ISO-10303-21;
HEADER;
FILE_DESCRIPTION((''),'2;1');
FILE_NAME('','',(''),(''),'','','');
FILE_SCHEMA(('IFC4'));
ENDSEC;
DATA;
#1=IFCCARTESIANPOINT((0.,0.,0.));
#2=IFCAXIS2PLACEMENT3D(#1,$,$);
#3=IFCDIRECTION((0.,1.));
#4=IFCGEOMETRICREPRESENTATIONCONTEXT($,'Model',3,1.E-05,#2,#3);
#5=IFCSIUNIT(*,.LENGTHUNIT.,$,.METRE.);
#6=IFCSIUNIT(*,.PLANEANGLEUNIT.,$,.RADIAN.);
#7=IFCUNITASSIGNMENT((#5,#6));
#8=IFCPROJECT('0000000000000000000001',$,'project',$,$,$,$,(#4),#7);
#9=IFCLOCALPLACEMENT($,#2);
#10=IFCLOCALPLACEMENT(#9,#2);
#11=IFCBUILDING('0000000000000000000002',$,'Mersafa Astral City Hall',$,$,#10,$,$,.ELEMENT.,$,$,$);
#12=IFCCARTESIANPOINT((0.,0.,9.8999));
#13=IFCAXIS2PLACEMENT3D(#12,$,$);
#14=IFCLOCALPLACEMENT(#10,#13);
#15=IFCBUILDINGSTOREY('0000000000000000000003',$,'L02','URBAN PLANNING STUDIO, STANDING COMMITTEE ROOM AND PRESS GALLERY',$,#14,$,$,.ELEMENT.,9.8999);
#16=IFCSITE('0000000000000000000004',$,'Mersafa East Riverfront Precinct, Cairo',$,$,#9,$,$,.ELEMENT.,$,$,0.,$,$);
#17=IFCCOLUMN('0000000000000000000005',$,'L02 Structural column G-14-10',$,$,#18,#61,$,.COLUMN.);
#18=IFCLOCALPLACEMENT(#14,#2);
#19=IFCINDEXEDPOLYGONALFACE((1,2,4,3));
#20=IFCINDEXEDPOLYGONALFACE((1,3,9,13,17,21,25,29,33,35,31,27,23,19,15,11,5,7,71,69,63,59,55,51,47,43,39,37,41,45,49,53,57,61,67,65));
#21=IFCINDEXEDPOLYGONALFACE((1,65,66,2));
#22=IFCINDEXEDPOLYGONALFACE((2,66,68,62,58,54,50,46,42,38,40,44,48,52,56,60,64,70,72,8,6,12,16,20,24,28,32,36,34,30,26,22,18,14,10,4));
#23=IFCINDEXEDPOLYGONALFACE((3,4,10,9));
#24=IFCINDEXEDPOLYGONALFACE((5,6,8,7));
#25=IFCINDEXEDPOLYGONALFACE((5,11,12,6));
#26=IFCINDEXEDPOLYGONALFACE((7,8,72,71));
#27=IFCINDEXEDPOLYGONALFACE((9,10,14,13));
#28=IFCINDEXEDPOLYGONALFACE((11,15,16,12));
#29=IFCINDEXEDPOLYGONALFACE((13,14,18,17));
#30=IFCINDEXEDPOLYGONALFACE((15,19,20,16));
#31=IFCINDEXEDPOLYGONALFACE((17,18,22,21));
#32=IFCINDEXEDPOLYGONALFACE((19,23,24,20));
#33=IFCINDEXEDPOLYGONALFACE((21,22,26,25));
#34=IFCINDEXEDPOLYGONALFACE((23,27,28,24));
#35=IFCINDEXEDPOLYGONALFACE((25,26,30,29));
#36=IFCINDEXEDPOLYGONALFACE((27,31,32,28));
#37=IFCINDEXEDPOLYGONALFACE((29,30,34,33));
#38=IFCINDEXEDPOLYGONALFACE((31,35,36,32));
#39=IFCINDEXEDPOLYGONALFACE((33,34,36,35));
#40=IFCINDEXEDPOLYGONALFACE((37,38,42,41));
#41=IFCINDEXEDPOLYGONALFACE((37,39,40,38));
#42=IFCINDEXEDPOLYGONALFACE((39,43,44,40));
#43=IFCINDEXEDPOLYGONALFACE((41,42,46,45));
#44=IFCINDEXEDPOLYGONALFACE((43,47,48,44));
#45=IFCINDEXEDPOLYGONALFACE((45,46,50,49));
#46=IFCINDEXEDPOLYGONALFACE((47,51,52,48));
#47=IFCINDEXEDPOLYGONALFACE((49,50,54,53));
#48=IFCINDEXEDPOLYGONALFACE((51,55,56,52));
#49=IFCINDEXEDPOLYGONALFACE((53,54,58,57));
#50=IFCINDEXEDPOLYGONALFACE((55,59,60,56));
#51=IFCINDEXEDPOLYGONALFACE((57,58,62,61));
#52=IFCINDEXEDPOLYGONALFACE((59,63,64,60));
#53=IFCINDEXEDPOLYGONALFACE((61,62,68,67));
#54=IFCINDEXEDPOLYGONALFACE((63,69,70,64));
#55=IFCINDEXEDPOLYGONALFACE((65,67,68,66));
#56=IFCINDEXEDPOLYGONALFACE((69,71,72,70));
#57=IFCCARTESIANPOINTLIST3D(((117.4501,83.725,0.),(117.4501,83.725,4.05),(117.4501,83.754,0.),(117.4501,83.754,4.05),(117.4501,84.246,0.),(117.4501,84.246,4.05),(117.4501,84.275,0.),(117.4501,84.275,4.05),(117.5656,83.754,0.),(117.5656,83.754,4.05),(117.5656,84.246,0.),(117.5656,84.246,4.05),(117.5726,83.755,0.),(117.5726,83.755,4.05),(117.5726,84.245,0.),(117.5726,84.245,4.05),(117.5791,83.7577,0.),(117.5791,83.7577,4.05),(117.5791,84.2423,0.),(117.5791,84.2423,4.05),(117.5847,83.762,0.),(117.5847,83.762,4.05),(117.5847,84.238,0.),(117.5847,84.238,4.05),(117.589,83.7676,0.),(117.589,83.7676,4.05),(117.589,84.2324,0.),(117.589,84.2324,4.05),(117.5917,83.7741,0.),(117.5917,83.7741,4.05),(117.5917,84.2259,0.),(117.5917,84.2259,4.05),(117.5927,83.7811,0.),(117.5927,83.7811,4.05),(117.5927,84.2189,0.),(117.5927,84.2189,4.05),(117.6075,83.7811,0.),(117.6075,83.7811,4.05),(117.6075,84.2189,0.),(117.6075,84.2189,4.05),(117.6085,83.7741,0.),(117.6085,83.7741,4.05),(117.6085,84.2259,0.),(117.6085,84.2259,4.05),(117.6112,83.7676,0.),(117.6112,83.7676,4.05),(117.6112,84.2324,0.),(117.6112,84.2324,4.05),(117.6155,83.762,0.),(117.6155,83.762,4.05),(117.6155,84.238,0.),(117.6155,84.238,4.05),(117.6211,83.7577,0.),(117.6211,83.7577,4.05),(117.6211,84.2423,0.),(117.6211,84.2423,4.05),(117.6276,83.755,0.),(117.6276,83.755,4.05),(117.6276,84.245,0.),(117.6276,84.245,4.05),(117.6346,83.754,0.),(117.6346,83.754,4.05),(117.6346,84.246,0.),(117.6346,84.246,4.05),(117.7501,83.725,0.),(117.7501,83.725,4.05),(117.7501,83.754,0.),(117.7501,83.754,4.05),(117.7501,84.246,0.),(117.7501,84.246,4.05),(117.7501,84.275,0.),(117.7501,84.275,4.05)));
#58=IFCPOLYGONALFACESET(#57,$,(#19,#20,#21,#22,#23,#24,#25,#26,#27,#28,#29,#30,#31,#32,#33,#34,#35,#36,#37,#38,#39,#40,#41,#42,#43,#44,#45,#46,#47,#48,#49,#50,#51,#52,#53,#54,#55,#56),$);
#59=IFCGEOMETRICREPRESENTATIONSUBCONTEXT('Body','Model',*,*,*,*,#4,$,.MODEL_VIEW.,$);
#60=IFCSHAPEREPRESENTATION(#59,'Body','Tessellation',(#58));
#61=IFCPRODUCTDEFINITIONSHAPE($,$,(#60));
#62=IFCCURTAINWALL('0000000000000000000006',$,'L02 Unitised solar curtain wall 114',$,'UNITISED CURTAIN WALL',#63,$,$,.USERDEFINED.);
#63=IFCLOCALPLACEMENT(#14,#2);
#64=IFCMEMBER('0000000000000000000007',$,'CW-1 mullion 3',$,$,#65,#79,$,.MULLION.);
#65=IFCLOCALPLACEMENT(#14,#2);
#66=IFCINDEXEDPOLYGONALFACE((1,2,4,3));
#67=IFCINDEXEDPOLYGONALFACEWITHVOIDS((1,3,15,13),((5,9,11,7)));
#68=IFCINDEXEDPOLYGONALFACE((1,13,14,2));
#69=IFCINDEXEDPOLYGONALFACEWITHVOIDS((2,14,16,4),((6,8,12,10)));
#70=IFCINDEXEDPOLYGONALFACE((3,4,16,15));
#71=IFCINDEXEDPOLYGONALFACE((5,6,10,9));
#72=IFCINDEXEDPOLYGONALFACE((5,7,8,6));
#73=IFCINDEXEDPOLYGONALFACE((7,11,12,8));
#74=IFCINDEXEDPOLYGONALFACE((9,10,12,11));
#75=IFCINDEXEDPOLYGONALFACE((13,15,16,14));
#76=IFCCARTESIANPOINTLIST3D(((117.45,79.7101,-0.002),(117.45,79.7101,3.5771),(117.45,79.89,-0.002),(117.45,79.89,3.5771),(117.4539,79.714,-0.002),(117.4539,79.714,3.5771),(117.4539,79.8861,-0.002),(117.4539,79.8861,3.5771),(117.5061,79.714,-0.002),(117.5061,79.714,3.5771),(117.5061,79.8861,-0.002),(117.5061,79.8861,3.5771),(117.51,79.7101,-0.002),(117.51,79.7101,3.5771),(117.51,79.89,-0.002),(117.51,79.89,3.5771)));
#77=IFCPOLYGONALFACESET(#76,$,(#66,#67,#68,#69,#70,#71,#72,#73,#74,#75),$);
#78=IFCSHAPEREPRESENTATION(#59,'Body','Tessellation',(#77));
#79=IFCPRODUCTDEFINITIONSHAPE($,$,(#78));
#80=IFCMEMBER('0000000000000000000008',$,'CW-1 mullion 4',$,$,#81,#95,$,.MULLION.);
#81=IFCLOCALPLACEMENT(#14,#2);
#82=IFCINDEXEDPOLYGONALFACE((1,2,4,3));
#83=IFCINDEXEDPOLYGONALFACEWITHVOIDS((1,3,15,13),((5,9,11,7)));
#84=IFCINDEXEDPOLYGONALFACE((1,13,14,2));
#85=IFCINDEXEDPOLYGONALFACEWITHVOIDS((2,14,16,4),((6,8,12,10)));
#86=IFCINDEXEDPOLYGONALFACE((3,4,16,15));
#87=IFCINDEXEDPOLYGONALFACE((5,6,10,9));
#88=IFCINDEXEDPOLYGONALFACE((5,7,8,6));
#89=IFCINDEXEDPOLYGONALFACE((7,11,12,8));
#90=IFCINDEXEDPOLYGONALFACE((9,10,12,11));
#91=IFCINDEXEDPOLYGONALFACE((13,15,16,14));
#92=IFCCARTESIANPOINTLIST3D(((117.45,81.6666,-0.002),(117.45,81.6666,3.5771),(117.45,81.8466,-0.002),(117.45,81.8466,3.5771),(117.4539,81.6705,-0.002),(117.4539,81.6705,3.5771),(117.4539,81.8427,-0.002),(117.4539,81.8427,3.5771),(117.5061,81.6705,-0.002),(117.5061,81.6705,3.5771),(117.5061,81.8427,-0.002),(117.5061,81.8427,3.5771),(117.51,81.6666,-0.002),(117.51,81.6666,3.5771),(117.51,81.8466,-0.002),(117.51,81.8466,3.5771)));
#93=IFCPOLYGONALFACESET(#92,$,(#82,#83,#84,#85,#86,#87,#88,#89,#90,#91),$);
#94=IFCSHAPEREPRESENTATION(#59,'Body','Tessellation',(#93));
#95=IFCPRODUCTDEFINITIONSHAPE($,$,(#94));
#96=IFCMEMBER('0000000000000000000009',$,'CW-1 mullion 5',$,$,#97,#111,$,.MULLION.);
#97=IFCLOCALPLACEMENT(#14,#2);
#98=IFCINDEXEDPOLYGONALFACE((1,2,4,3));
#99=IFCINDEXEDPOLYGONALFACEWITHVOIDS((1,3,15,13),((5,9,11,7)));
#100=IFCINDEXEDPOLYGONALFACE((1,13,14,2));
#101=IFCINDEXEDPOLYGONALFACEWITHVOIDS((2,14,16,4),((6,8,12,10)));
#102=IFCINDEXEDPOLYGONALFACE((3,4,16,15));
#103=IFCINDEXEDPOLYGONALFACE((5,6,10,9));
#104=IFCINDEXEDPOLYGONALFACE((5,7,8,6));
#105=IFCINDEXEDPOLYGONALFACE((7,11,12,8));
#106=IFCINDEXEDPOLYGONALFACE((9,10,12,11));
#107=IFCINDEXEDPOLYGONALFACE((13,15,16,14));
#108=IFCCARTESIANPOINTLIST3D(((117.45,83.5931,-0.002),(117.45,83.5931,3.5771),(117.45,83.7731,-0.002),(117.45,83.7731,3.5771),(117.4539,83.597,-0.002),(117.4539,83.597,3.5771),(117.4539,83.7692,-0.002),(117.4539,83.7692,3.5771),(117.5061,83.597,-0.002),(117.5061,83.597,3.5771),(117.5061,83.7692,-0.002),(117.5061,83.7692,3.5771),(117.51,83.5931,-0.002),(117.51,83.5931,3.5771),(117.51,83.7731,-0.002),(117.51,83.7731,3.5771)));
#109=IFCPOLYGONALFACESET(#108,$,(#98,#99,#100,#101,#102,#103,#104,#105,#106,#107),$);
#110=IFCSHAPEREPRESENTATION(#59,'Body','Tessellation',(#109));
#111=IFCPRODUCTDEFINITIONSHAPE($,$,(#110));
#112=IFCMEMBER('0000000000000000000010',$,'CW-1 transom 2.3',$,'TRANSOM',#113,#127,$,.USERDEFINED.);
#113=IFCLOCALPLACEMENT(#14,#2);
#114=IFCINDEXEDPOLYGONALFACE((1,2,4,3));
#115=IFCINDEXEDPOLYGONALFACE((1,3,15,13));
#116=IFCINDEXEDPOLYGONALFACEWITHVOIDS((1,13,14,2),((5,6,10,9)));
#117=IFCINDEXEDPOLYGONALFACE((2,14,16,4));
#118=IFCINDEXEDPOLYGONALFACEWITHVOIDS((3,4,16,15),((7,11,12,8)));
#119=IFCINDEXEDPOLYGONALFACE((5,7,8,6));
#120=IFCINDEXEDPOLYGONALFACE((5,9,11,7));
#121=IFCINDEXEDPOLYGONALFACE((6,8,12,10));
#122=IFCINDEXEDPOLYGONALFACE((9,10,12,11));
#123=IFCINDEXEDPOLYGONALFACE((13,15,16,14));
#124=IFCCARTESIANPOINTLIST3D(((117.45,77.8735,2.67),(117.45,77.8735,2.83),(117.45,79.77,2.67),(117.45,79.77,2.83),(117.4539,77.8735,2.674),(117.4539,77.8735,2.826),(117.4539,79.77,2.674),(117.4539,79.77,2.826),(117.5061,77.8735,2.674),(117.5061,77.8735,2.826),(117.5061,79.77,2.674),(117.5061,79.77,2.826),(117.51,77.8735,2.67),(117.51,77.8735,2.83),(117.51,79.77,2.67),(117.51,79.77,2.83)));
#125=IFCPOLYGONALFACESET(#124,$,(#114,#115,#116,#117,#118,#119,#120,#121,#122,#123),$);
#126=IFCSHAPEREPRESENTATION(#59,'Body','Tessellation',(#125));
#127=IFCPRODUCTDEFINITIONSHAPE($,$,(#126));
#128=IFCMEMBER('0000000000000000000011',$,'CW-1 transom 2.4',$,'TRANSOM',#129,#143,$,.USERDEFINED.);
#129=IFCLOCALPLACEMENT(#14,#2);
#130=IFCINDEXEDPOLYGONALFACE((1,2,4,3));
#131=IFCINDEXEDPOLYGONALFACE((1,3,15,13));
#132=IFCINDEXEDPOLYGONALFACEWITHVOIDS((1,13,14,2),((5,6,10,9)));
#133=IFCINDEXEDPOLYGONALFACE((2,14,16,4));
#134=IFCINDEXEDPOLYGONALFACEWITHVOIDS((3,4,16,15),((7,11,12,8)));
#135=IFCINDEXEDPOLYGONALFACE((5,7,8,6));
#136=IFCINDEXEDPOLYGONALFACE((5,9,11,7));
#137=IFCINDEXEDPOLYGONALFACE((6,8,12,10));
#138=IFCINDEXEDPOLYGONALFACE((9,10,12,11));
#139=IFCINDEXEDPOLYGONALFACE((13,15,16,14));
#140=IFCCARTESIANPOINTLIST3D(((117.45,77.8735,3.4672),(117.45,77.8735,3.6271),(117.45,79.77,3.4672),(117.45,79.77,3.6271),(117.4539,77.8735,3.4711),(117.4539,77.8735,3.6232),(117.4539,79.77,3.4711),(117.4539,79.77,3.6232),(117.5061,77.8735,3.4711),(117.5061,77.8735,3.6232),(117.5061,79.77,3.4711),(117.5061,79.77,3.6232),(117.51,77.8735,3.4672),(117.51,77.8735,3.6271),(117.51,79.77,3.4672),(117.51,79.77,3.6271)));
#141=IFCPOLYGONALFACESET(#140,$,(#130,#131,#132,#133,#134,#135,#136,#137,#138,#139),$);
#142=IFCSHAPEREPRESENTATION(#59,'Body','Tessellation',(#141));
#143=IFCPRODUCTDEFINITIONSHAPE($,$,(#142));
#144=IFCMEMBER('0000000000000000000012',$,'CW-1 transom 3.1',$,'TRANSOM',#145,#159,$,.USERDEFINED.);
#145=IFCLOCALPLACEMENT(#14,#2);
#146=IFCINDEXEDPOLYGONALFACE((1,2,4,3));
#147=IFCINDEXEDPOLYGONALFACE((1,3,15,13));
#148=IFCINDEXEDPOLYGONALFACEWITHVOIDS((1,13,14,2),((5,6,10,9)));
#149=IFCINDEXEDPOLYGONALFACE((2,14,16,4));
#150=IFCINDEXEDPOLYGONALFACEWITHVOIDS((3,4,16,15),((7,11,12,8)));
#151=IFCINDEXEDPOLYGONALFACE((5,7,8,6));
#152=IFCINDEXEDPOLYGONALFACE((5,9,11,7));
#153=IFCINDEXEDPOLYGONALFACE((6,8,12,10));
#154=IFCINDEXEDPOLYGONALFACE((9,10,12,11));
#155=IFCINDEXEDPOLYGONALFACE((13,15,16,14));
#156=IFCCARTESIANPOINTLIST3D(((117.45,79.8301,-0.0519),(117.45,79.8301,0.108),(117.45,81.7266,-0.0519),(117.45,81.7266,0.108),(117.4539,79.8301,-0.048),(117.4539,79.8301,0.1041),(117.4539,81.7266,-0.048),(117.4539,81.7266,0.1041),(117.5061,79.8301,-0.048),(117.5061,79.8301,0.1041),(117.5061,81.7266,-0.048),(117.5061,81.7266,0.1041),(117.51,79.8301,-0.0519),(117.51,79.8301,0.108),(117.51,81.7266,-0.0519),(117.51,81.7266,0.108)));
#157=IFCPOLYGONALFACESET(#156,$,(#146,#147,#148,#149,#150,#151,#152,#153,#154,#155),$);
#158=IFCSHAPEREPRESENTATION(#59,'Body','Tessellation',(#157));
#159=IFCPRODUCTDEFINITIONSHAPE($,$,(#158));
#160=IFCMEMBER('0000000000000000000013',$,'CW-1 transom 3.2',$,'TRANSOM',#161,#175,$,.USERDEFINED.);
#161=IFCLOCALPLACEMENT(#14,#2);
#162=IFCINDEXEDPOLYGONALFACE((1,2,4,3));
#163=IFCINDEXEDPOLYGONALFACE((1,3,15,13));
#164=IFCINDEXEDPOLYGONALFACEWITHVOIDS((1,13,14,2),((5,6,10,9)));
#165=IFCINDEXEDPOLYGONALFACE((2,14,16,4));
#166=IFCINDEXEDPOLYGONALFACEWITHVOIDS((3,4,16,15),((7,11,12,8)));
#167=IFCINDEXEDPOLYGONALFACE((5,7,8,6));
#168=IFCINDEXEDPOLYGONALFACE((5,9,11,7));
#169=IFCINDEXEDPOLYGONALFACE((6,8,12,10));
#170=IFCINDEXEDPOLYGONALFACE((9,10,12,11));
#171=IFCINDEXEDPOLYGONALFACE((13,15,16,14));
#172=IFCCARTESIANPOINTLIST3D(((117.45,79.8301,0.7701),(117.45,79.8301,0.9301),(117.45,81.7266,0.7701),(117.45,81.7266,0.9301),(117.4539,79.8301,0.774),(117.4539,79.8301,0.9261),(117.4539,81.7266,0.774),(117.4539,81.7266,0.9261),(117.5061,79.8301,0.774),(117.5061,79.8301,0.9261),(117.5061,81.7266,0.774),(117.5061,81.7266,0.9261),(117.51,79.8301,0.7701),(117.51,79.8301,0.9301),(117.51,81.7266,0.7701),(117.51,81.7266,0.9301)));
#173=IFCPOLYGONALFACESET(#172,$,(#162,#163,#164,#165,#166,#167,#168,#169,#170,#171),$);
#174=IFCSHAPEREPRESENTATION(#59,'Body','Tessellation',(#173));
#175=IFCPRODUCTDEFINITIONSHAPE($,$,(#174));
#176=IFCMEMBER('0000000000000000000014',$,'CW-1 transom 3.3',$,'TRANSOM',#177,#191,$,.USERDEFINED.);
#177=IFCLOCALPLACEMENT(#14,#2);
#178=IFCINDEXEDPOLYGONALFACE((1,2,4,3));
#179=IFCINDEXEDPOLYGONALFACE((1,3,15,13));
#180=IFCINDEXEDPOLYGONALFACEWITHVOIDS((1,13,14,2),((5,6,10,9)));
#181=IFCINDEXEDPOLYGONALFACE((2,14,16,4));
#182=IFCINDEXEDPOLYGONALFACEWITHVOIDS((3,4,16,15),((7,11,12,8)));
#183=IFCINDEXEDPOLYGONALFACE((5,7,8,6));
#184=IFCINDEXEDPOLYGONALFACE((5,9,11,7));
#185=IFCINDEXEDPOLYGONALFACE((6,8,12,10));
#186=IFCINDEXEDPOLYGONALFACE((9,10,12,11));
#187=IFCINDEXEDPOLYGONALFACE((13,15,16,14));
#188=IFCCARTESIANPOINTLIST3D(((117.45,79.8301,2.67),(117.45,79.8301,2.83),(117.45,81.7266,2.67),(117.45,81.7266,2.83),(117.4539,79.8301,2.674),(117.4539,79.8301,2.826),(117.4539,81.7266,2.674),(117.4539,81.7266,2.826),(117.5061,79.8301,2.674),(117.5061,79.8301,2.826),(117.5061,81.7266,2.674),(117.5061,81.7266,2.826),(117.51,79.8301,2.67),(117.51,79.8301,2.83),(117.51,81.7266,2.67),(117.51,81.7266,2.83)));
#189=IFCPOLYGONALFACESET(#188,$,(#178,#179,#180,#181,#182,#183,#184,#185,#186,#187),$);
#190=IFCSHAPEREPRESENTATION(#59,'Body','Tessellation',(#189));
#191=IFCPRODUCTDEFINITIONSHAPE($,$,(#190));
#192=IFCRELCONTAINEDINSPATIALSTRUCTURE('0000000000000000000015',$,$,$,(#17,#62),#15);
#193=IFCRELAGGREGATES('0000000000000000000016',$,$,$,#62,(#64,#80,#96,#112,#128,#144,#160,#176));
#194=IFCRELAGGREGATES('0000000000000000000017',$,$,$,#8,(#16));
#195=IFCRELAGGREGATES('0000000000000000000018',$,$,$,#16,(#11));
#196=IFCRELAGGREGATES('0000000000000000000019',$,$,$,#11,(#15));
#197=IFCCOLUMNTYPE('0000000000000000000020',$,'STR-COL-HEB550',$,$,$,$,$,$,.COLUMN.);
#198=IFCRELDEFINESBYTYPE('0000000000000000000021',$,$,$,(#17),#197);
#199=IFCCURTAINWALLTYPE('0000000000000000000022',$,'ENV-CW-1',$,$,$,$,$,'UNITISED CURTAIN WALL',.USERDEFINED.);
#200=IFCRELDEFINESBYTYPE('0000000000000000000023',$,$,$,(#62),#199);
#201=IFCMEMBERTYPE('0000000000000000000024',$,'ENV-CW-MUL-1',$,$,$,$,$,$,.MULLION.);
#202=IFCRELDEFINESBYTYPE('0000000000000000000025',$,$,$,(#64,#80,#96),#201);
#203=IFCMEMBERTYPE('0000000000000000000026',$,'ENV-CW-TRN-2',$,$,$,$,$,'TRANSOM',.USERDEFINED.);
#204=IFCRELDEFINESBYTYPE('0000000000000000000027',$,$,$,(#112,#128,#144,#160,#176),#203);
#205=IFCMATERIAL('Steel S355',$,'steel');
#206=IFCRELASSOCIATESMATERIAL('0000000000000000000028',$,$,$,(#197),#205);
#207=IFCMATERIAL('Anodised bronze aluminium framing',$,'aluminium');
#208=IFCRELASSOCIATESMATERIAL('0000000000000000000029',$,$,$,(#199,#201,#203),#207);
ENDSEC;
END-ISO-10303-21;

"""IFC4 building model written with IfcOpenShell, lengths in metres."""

from ifc_helpers import new_model, si_unit, direction, frame, origin, origin_2d, place, context, subcontext, project, spatial, hollow_rectangle, i_section, extrude, material, material_profile, profile_set, type_object, element, aggregate, save


model = new_model("IFC4")

# Units and contexts
model_context = context("Model", 3, precision=1e-05, world=origin(), true_north=direction((0.0, 1.0)))
body_context = subcontext(model_context, "Body", "Model", "MODEL_VIEW")
ifc_project = project(units=[si_unit("LENGTHUNIT", "METRE"), si_unit("PLANEANGLEUNIT", "RADIAN")], contexts=[model_context])

# Site, building, storey
site_placement = place(None, origin())
site = spatial("IfcSite", under=ifc_project, at=site_placement, Name="Mersafa East Riverfront Precinct, Cairo", CompositionType="ELEMENT", RefElevation=0.0)
building_placement = place(site_placement, origin())
building = spatial("IfcBuilding", under=site, at=building_placement, Name="Mersafa Astral City Hall", CompositionType="ELEMENT")
storey_placement = place(building_placement, frame((0.0, 0.0, 9.8999)))
storey = spatial("IfcBuildingStorey", under=building, at=storey_placement, Name="L02", Description="URBAN PLANNING STUDIO, STANDING COMMITTEE ROOM AND PRESS GALLERY", CompositionType="ELEMENT", Elevation=9.8999)

# Column
ifc_material_1 = material(Name="Steel S355", Category="steel")
ifc_material_profile_1 = material_profile(ifc_material_1, i_section(OverallWidth=0.3, OverallDepth=0.55, WebThickness=0.0149, FlangeThickness=0.0291, FilletRadius=0.0271, at=origin_2d()), Name="HEB 550")
ifc_profile_set_1 = profile_set([ifc_material_profile_1], Name="Steel S355")
column_type = type_object("IfcColumnType", Name="STR-COL-HEB550", PredefinedType="COLUMN", material=ifc_profile_set_1)
column_placement = place(storey_placement, frame((117.6001, 84.0, 0.0), z_axis=(0.0, 0.0, 1.0), x_axis=(1.0, 0.0, 0.0)))
element("IfcColumn", 1, at=column_placement, inside=storey, type_object=column_type, Name="L02 Structural column G-14-10", PredefinedType="COLUMN", context=body_context, shape_type="SweptSolid", body=[
    extrude(i_section(OverallWidth=0.3, OverallDepth=0.55, WebThickness=0.0149, FlangeThickness=0.0291, FilletRadius=0.0271, at=origin_2d()), origin(), (0.0, 0.0, 1.0), 4.05),
])

# Curtain wall, members
ifc_material_2 = material(Name="Anodised bronze aluminium framing", Category="aluminium")
curtain_wall_type = type_object("IfcCurtainWallType", Name="ENV-CW-1", ElementType="UNITISED CURTAIN WALL", PredefinedType="USERDEFINED", material=ifc_material_2)
curtain_wall_placement = place(storey_placement, origin())
curtain_wall = element("IfcCurtainWall", 2, at=curtain_wall_placement, inside=storey, type_object=curtain_wall_type, Name="L02 Unitised solar curtain wall 114", ObjectType="UNITISED CURTAIN WALL", PredefinedType="USERDEFINED")
ifc_material_profile_2 = material_profile(ifc_material_2, hollow_rectangle(XDim=0.0601, YDim=0.1799, WallThickness=0.0039, at=origin_2d()), Name="RHS 60x180x4")
ifc_profile_set_2 = profile_set([ifc_material_profile_2], Name="Anodised bronze aluminium framing")
member_type_1 = type_object("IfcMemberType", Name="ENV-CW-MUL-1", PredefinedType="MULLION", material=ifc_profile_set_2)
member_1_placement = place(storey_placement, frame((117.48, 79.8, -0.002), z_axis=(0.0, 0.0, 1.0), x_axis=(-1.0, 0.0, 0.0)))
member_1 = element("IfcMember", 3, at=member_1_placement, type_object=member_type_1, Name="CW-1 mullion 3", PredefinedType="MULLION", context=body_context, shape_type="SweptSolid", body=[
    extrude(hollow_rectangle(XDim=0.0601, YDim=0.1799, WallThickness=0.0039, at=origin_2d()), origin(), (0.0, 0.0, 1.0), 3.5791),
])
member_2_placement = place(storey_placement, frame((117.48, 81.7566, -0.002), z_axis=(0.0, 0.0, 1.0), x_axis=(-1.0, 0.0, 0.0)))
member_2 = element("IfcMember", 4, at=member_2_placement, type_object=member_type_1, Name="CW-1 mullion 4", PredefinedType="MULLION", context=body_context, shape_type="SweptSolid", body=[
    extrude(hollow_rectangle(XDim=0.0601, YDim=0.1799, WallThickness=0.0039, at=origin_2d()), origin(), (0.0, 0.0, 1.0), 3.5791),
])
member_3_placement = place(storey_placement, frame((117.48, 83.6831, -0.002), z_axis=(0.0, 0.0, 1.0), x_axis=(-1.0, 0.0, 0.0)))
member_3 = element("IfcMember", 5, at=member_3_placement, type_object=member_type_1, Name="CW-1 mullion 5", PredefinedType="MULLION", context=body_context, shape_type="SweptSolid", body=[
    extrude(hollow_rectangle(XDim=0.0601, YDim=0.1799, WallThickness=0.0039, at=origin_2d()), origin(), (0.0, 0.0, 1.0), 3.5791),
])
ifc_material_profile_3 = material_profile(ifc_material_2, hollow_rectangle(XDim=0.0601, YDim=0.1599, WallThickness=0.0039, at=origin_2d()), Name="RHS 60x160x4")
ifc_profile_set_3 = profile_set([ifc_material_profile_3], Name="Anodised bronze aluminium framing")
member_type_2 = type_object("IfcMemberType", Name="ENV-CW-TRN-2", ElementType="TRANSOM", PredefinedType="USERDEFINED", material=ifc_profile_set_3)
member_4_placement = place(storey_placement, frame((117.48, 77.8735, 2.75), z_axis=(0.0, 1.0, 0.0), x_axis=(-1.0, 0.0, 0.0)))
member_4 = element("IfcMember", 6, at=member_4_placement, type_object=member_type_2, Name="CW-1 transom 2.3", ObjectType="TRANSOM", PredefinedType="USERDEFINED", context=body_context, shape_type="SweptSolid", body=[
    extrude(hollow_rectangle(XDim=0.0601, YDim=0.1599, WallThickness=0.0039, at=origin_2d()), origin(), (0.0, 0.0, 1.0), 1.8965),
])
member_5_placement = place(storey_placement, frame((117.48, 77.8735, 3.5471), z_axis=(0.0, 1.0, 0.0), x_axis=(-1.0, 0.0, 0.0)))
member_5 = element("IfcMember", 7, at=member_5_placement, type_object=member_type_2, Name="CW-1 transom 2.4", ObjectType="TRANSOM", PredefinedType="USERDEFINED", context=body_context, shape_type="SweptSolid", body=[
    extrude(hollow_rectangle(XDim=0.0601, YDim=0.1599, WallThickness=0.0039, at=origin_2d()), origin(), (0.0, 0.0, 1.0), 1.8965),
])
member_6_placement = place(storey_placement, frame((117.48, 79.8301, 0.0281), z_axis=(0.0, 1.0, 0.0), x_axis=(-1.0, 0.0, 0.0)))
member_6 = element("IfcMember", 8, at=member_6_placement, type_object=member_type_2, Name="CW-1 transom 3.1", ObjectType="TRANSOM", PredefinedType="USERDEFINED", context=body_context, shape_type="SweptSolid", body=[
    extrude(hollow_rectangle(XDim=0.0601, YDim=0.1599, WallThickness=0.0039, at=origin_2d()), origin(), (0.0, 0.0, 1.0), 1.8965),
])
member_7_placement = place(storey_placement, frame((117.48, 79.8301, 0.8501), z_axis=(0.0, 1.0, 0.0), x_axis=(-1.0, 0.0, 0.0)))
member_7 = element("IfcMember", 9, at=member_7_placement, type_object=member_type_2, Name="CW-1 transom 3.2", ObjectType="TRANSOM", PredefinedType="USERDEFINED", context=body_context, shape_type="SweptSolid", body=[
    extrude(hollow_rectangle(XDim=0.0601, YDim=0.1599, WallThickness=0.0039, at=origin_2d()), origin(), (0.0, 0.0, 1.0), 1.8965),
])
member_8_placement = place(storey_placement, frame((117.48, 79.8301, 2.75), z_axis=(0.0, 1.0, 0.0), x_axis=(-1.0, 0.0, 0.0)))
member_8 = element("IfcMember", 10, at=member_8_placement, type_object=member_type_2, Name="CW-1 transom 3.3", ObjectType="TRANSOM", PredefinedType="USERDEFINED", context=body_context, shape_type="SweptSolid", body=[
    extrude(hollow_rectangle(XDim=0.0601, YDim=0.1599, WallThickness=0.0039, at=origin_2d()), origin(), (0.0, 0.0, 1.0), 1.8965),
])
aggregate(curtain_wall, [member_1, member_2, member_3, member_4, member_5, member_6, member_7, member_8])

save(model, "model.ifc")
